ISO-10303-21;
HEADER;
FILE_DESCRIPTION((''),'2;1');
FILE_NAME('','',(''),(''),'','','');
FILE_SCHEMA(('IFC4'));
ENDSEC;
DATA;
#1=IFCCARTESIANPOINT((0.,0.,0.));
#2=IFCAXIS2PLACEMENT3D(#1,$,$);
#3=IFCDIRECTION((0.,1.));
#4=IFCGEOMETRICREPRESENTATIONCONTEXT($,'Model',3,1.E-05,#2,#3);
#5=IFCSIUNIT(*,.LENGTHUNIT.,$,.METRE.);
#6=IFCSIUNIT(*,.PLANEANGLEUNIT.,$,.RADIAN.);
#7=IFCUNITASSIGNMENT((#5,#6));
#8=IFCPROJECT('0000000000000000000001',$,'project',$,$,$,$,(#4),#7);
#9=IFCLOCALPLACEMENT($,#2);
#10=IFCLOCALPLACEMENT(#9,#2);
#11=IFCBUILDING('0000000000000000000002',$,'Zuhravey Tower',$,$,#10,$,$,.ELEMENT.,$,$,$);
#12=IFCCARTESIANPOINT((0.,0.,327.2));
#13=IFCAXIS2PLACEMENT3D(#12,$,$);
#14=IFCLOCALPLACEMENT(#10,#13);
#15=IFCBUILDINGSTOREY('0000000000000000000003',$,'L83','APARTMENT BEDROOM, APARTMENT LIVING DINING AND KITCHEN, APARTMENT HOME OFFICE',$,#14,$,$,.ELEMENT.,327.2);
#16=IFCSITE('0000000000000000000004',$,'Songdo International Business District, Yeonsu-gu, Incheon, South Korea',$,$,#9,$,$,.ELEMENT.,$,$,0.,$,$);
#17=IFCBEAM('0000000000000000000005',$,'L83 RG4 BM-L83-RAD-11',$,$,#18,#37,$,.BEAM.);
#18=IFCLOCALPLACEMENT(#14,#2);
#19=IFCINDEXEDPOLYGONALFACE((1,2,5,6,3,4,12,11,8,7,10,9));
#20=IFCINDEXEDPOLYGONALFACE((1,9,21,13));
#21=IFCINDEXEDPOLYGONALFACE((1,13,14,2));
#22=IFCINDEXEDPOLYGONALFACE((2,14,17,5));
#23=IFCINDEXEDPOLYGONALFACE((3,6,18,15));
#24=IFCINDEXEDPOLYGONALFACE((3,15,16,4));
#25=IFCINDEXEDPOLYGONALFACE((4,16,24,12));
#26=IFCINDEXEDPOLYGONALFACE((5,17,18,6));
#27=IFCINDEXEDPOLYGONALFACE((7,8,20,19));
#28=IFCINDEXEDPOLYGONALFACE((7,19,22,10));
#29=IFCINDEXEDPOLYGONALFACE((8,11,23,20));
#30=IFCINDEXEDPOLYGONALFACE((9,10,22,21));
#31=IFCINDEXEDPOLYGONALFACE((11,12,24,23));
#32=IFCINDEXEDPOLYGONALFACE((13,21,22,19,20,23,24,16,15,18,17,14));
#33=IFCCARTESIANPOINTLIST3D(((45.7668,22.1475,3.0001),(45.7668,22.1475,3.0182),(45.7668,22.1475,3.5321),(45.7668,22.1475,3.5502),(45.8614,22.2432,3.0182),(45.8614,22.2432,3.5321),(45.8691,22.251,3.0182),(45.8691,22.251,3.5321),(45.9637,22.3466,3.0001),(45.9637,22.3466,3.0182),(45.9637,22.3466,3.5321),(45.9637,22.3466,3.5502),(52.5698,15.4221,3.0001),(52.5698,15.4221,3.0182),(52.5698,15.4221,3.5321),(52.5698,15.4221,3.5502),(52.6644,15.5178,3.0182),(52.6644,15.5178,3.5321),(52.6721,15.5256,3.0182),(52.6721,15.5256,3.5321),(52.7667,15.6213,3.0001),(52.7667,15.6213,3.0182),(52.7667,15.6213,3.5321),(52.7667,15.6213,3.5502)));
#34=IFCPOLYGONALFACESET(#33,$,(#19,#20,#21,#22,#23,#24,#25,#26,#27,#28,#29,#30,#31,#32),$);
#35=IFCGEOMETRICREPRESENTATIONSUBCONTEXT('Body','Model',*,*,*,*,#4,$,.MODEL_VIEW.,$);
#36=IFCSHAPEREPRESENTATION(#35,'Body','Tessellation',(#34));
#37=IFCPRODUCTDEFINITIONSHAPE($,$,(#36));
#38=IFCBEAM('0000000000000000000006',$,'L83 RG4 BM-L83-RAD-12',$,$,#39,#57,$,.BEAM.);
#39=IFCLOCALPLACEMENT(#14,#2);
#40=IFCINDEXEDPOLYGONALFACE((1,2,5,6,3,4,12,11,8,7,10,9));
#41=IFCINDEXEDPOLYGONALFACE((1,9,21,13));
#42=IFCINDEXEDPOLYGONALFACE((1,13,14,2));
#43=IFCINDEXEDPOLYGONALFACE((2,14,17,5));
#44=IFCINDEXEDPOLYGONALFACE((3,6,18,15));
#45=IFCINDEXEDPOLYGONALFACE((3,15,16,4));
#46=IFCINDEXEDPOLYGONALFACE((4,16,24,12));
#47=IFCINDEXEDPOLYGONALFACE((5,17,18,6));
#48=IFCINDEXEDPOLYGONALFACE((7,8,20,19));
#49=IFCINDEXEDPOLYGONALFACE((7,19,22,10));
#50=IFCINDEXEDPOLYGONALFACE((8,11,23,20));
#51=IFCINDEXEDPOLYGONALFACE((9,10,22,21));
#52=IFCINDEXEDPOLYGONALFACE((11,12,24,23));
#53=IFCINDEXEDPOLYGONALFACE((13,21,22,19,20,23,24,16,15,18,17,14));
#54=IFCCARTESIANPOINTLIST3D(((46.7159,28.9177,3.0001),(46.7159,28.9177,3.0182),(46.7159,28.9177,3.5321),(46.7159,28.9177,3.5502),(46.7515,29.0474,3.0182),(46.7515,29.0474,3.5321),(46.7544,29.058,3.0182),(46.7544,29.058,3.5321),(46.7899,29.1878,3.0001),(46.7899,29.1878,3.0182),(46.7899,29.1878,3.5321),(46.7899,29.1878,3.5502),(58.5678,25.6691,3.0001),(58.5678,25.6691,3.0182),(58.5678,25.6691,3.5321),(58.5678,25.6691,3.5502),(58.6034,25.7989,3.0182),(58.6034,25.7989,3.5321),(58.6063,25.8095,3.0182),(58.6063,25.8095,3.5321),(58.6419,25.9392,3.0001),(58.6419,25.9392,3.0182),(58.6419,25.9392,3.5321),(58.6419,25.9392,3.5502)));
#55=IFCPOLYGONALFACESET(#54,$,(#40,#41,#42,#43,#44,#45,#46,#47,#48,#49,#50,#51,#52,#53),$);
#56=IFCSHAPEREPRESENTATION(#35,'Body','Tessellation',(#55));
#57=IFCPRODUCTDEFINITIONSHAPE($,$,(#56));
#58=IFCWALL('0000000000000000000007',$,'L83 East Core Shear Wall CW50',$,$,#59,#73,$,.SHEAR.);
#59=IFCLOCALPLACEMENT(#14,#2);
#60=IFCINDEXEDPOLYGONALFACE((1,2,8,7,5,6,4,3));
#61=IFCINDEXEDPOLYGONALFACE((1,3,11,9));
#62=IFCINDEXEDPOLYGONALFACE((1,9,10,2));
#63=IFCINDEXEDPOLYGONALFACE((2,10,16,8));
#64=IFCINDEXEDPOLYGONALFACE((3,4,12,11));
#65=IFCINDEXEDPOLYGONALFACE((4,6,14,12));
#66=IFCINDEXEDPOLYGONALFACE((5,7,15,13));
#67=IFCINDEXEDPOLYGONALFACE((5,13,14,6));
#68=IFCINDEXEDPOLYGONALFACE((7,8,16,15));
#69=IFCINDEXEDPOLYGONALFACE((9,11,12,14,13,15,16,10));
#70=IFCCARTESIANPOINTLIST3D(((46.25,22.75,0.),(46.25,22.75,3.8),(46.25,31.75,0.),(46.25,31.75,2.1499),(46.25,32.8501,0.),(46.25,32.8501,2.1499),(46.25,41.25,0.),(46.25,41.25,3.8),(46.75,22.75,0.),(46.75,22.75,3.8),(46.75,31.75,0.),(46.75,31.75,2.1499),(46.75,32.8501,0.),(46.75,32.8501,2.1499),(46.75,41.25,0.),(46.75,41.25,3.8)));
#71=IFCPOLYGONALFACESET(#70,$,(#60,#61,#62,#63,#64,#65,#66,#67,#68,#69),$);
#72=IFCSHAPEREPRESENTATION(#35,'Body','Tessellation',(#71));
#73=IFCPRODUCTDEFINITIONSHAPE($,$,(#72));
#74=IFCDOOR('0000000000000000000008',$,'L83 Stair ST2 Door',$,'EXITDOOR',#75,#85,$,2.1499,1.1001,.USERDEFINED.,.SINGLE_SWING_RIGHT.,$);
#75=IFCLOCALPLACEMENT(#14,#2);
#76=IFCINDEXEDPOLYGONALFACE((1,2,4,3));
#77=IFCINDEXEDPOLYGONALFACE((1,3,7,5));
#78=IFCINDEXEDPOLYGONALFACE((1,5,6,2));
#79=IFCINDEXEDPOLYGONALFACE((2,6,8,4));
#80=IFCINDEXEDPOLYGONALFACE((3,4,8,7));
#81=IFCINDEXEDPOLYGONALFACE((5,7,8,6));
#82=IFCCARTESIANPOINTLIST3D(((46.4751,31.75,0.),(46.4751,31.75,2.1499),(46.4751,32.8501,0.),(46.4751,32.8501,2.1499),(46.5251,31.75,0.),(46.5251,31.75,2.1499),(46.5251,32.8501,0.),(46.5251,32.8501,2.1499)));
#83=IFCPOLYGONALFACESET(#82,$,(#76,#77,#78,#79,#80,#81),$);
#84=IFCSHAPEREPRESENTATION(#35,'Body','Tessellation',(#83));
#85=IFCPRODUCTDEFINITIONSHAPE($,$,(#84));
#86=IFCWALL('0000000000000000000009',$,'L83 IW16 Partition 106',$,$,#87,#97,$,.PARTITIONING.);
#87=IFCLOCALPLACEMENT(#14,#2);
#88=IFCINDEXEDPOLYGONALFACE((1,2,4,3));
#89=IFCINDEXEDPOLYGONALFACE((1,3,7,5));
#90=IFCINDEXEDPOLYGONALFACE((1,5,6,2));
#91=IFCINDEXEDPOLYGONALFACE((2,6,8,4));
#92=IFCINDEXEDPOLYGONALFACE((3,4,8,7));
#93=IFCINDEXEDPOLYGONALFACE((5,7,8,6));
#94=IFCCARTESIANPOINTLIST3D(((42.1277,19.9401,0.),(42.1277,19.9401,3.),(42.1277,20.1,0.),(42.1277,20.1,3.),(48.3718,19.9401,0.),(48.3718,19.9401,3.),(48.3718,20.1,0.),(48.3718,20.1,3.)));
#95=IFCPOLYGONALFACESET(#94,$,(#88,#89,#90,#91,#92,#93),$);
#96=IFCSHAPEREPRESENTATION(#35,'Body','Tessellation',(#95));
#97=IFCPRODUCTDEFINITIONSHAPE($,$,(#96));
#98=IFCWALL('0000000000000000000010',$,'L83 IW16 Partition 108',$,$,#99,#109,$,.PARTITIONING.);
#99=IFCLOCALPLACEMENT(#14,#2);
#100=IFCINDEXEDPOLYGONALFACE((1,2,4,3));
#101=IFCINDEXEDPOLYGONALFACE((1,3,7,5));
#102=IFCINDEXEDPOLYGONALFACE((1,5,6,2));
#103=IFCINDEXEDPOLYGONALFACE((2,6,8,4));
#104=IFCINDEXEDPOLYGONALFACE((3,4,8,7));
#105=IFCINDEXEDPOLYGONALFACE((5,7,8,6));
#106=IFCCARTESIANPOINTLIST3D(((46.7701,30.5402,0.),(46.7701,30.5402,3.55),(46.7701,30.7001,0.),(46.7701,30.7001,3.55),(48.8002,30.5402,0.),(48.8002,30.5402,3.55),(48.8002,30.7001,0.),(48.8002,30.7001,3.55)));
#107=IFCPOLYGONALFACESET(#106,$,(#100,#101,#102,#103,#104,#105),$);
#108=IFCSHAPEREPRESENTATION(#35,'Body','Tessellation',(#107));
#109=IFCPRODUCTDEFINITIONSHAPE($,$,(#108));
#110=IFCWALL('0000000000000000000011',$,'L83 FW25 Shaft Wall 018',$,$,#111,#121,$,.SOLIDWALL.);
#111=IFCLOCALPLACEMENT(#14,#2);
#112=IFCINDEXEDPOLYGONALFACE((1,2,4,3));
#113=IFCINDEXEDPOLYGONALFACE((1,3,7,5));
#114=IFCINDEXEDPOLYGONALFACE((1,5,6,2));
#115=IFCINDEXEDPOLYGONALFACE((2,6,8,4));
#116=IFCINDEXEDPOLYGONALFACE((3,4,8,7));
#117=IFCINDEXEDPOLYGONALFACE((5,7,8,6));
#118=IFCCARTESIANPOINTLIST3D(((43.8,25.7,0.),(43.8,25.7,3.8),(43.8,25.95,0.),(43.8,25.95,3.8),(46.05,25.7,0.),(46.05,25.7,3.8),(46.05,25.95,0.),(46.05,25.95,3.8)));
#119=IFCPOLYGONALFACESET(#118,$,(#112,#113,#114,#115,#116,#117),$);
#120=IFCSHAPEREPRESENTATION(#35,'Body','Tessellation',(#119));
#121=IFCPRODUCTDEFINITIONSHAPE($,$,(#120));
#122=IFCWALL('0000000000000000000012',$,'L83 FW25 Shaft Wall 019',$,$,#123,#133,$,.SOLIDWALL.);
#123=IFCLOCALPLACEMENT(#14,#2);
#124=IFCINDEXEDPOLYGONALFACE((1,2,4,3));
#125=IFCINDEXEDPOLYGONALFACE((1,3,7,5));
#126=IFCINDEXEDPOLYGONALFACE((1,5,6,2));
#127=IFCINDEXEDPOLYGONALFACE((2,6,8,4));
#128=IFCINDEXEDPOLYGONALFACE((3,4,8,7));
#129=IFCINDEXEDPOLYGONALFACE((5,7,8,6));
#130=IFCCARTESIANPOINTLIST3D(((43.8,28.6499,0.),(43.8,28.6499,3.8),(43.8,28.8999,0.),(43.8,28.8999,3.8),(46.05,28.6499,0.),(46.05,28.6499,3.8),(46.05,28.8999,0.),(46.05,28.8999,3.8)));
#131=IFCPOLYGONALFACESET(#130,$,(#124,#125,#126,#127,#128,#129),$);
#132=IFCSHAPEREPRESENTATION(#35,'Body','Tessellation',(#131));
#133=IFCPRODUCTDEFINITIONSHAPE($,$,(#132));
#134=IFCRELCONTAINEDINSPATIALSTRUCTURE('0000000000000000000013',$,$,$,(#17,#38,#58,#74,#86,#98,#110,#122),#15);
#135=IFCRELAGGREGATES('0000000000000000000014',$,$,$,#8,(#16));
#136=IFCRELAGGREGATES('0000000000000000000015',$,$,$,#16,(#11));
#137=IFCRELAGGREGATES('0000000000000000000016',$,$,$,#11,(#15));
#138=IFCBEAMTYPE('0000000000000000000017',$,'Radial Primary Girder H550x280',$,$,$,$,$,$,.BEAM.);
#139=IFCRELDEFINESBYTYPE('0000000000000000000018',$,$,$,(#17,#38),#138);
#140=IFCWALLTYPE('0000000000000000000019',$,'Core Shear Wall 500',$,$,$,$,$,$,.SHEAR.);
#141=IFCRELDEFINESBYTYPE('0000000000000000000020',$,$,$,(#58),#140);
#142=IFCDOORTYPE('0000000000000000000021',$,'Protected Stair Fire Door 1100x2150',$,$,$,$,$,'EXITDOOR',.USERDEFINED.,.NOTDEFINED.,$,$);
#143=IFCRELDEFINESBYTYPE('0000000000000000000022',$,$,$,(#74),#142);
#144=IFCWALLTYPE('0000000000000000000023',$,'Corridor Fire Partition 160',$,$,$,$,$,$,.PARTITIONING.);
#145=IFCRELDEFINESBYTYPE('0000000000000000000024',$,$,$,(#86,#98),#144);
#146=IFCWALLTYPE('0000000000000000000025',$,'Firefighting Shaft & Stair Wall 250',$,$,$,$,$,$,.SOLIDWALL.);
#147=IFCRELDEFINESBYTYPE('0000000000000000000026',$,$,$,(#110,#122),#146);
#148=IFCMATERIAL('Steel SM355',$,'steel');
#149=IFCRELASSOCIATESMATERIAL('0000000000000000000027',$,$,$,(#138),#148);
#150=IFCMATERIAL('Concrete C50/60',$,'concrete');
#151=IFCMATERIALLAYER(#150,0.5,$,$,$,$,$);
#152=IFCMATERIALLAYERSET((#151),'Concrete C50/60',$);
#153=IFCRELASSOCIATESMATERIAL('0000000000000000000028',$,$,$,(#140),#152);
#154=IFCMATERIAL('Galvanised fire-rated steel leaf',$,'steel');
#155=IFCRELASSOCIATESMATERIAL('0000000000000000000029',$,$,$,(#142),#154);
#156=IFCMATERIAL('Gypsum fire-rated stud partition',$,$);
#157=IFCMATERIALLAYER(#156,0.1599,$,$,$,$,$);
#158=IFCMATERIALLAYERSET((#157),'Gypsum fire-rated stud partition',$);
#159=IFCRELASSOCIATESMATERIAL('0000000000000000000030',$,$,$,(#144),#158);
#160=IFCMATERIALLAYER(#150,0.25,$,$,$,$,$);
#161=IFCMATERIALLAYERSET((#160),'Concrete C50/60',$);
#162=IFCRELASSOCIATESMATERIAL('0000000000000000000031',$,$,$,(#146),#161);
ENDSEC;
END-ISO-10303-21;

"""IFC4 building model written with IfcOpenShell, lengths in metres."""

from ifc_helpers import new_model, si_unit, direction, frame, frame_2d, origin, origin_2d, place, context, subcontext, project, spatial, rectangle, i_section, extrude, material, layer, layer_set, material_profile, profile_set, type_object, element, fill, save


model = new_model("IFC4")

# Units and contexts
model_context = context("Model", 3, precision=1e-05, world=origin(), true_north=direction((0.0, 1.0)))
body_context = subcontext(model_context, "Body", "Model", "MODEL_VIEW")
ifc_project = project(units=[si_unit("LENGTHUNIT", "METRE"), si_unit("PLANEANGLEUNIT", "RADIAN")], contexts=[model_context])

# Site, building, storey
site_placement = place(None, origin())
site = spatial("IfcSite", under=ifc_project, at=site_placement, Name="Songdo International Business District, Yeonsu-gu, Incheon, South Korea", CompositionType="ELEMENT", RefElevation=0.0)
building_placement = place(site_placement, origin())
building = spatial("IfcBuilding", under=site, at=building_placement, Name="Zuhravey Tower", CompositionType="ELEMENT")
storey_placement = place(building_placement, frame((0.0, 0.0, 327.2)))
storey = spatial("IfcBuildingStorey", under=building, at=storey_placement, Name="L83", Description="APARTMENT BEDROOM, APARTMENT LIVING DINING AND KITCHEN, APARTMENT HOME OFFICE", CompositionType="ELEMENT", Elevation=327.2)

# Beams
ifc_material_1 = material(Name="Steel SM355", Category="steel")
ifc_material_profile = material_profile(ifc_material_1, i_section(OverallWidth=0.28, OverallDepth=0.55, WebThickness=0.011, FlangeThickness=0.0181, at=origin_2d()), Name="H-550x280x11x18")
ifc_profile_set = profile_set([ifc_material_profile], Name="Steel SM355")
beam_type = type_object("IfcBeamType", Name="Radial Primary Girder H550x280", PredefinedType="BEAM", material=ifc_profile_set)
beam_1_placement = place(storey_placement, frame((45.8652, 22.2471, 3.2751), z_axis=(0.711153, -0.703037, 0.0), x_axis=(0.703037, 0.711153, 0.0)))
element("IfcBeam", 1, at=beam_1_placement, inside=storey, type_object=beam_type, Name="L83 RG4 BM-L83-RAD-11", PredefinedType="BEAM", context=body_context, shape_type="SweptSolid", body=[
    extrude(i_section(OverallWidth=0.28, OverallDepth=0.55, WebThickness=0.011, FlangeThickness=0.0181, at=origin_2d()), origin(), (0.0, 0.0, 1.0), 9.5662),
])
beam_2_placement = place(storey_placement, frame((46.7529, 29.0527, 3.2751), z_axis=(0.964428, -0.264346, 0.0), x_axis=(0.264346, 0.964428, 0.0)))
element("IfcBeam", 2, at=beam_2_placement, inside=storey, type_object=beam_type, Name="L83 RG4 BM-L83-RAD-12", PredefinedType="BEAM", context=body_context, shape_type="SweptSolid", body=[
    extrude(i_section(OverallWidth=0.28, OverallDepth=0.55, WebThickness=0.011, FlangeThickness=0.0181, at=origin_2d()), origin(), (0.0, 0.0, 1.0), 12.2891),
])

# Wall, opening, door
ifc_material_2 = material(Name="Concrete C50/60", Category="concrete")
ifc_layer_1 = layer(ifc_material_2, 0.5)
ifc_layer_set_1 = layer_set([ifc_layer_1], Name="Concrete C50/60")
wall_type_1 = type_object("IfcWallType", Name="Core Shear Wall 500", PredefinedType="SHEAR", material=ifc_layer_set_1)
wall_1_placement = place(storey_placement, frame((46.5, 22.75, 0.0), z_axis=(0.0, 0.0, 1.0), x_axis=(0.0, 1.0, 0.0)))
wall_1 = element("IfcWall", 3, at=wall_1_placement, inside=storey, type_object=wall_type_1, Name="L83 East Core Shear Wall CW50", PredefinedType="SHEAR", context=body_context, shape_type="SweptSolid", body=[
    extrude(rectangle(XDim=18.5, YDim=0.5, at=frame_2d((9.25, 0.0))), origin(), (0.0, 0.0, 1.0), 3.8),
])
opening_1_placement = place(wall_1_placement, frame((9.0, 0.0, 0.0)))
opening_1 = element("IfcOpeningElement", 4, at=opening_1_placement, cuts=wall_1, PredefinedType="OPENING", context=body_context, shape_type="SweptSolid", body=[
    extrude(rectangle(XDim=1.1001, YDim=2.1499, at=frame_2d((0.55, 1.075))), frame((0.0, 0.262, 0.0), z_axis=(0.0, -1.0, 0.0), x_axis=(1.0, 0.0, 0.0)), (0.0, 0.0, 1.0), 0.5239),
])
ifc_material_3 = material(Name="Galvanised fire-rated steel leaf", Category="steel")
door_type_1 = type_object("IfcDoorType", Name="Protected Stair Fire Door 1100x2150", ElementType="EXITDOOR", OperationType="NOTDEFINED", PredefinedType="USERDEFINED", material=ifc_material_3)
door_1_placement = place(opening_1_placement, origin())
door_1 = element("IfcDoor", 5, at=door_1_placement, inside=storey, type_object=door_type_1, Name="L83 Stair ST2 Door", ObjectType="EXITDOOR", OperationType="SINGLE_SWING_RIGHT", OverallHeight=2.1499, OverallWidth=1.1001, PredefinedType="USERDEFINED", context=body_context, shape_type="SweptSolid", body=[
    extrude(rectangle(XDim=1.1001, YDim=2.1499, at=frame_2d((0.55, 1.075))), frame((0.0, 0.0249, 0.0), z_axis=(0.0, -1.0, 0.0), x_axis=(1.0, 0.0, 0.0)), (0.0, 0.0, 1.0), 0.05),
])
fill(opening_1, door_1)

# Walls
ifc_material_4 = material(Name="Gypsum fire-rated stud partition")
ifc_layer_2 = layer(ifc_material_4, 0.1599)
ifc_layer_set_2 = layer_set([ifc_layer_2], Name="Gypsum fire-rated stud partition")
wall_type_2 = type_object("IfcWallType", Name="Corridor Fire Partition 160", PredefinedType="PARTITIONING", material=ifc_layer_set_2)
wall_2_placement = place(storey_placement, frame((42.1277, 20.02, 0.0), z_axis=(0.0, 0.0, 1.0), x_axis=(1.0, 0.0, 0.0)))
element("IfcWall", 6, at=wall_2_placement, inside=storey, type_object=wall_type_2, Name="L83 IW16 Partition 106", PredefinedType="PARTITIONING", context=body_context, shape_type="SweptSolid", body=[
    extrude(rectangle(XDim=6.2441, YDim=0.1599, at=frame_2d((3.1221, 0.0))), origin(), (0.0, 0.0, 1.0), 3.0),
])
wall_3_placement = place(storey_placement, frame((46.77, 30.6201, 0.0), z_axis=(0.0, 0.0, 1.0), x_axis=(1.0, 0.0, 0.0)))
element("IfcWall", 7, at=wall_3_placement, inside=storey, type_object=wall_type_2, Name="L83 IW16 Partition 108", PredefinedType="PARTITIONING", context=body_context, shape_type="SweptSolid", body=[
    extrude(rectangle(XDim=2.03, YDim=0.1599, at=frame_2d((1.0151, 0.0))), origin(), (0.0, 0.0, 1.0), 3.55),
])
ifc_layer_3 = layer(ifc_material_2, 0.25)
ifc_layer_set_3 = layer_set([ifc_layer_3], Name="Concrete C50/60")
wall_type_3 = type_object("IfcWallType", Name="Firefighting Shaft & Stair Wall 250", PredefinedType="SOLIDWALL", material=ifc_layer_set_3)
for number, where, z_axis, x_axis, name in (
    (8, (43.8, 25.825, 0.0), (0.0, 0.0, 1.0), (1.0, 0.0, 0.0), "L83 FW25 Shaft Wall 018"),
    (9, (43.8, 28.7749, 0.0), (0.0, 0.0, 1.0), (1.0, 0.0, 0.0), "L83 FW25 Shaft Wall 019"),
):
    element("IfcWall", number, at=place(storey_placement, frame(where, z_axis=z_axis, x_axis=x_axis)), inside=storey, type_object=wall_type_3, Name=name, PredefinedType="SOLIDWALL", context=body_context, shape_type="SweptSolid", body=[
        extrude(rectangle(XDim=2.25, YDim=0.25, at=frame_2d((1.125, 0.0))), origin(), (0.0, 0.0, 1.0), 3.8),
    ])

save(model, "model.ifc")
